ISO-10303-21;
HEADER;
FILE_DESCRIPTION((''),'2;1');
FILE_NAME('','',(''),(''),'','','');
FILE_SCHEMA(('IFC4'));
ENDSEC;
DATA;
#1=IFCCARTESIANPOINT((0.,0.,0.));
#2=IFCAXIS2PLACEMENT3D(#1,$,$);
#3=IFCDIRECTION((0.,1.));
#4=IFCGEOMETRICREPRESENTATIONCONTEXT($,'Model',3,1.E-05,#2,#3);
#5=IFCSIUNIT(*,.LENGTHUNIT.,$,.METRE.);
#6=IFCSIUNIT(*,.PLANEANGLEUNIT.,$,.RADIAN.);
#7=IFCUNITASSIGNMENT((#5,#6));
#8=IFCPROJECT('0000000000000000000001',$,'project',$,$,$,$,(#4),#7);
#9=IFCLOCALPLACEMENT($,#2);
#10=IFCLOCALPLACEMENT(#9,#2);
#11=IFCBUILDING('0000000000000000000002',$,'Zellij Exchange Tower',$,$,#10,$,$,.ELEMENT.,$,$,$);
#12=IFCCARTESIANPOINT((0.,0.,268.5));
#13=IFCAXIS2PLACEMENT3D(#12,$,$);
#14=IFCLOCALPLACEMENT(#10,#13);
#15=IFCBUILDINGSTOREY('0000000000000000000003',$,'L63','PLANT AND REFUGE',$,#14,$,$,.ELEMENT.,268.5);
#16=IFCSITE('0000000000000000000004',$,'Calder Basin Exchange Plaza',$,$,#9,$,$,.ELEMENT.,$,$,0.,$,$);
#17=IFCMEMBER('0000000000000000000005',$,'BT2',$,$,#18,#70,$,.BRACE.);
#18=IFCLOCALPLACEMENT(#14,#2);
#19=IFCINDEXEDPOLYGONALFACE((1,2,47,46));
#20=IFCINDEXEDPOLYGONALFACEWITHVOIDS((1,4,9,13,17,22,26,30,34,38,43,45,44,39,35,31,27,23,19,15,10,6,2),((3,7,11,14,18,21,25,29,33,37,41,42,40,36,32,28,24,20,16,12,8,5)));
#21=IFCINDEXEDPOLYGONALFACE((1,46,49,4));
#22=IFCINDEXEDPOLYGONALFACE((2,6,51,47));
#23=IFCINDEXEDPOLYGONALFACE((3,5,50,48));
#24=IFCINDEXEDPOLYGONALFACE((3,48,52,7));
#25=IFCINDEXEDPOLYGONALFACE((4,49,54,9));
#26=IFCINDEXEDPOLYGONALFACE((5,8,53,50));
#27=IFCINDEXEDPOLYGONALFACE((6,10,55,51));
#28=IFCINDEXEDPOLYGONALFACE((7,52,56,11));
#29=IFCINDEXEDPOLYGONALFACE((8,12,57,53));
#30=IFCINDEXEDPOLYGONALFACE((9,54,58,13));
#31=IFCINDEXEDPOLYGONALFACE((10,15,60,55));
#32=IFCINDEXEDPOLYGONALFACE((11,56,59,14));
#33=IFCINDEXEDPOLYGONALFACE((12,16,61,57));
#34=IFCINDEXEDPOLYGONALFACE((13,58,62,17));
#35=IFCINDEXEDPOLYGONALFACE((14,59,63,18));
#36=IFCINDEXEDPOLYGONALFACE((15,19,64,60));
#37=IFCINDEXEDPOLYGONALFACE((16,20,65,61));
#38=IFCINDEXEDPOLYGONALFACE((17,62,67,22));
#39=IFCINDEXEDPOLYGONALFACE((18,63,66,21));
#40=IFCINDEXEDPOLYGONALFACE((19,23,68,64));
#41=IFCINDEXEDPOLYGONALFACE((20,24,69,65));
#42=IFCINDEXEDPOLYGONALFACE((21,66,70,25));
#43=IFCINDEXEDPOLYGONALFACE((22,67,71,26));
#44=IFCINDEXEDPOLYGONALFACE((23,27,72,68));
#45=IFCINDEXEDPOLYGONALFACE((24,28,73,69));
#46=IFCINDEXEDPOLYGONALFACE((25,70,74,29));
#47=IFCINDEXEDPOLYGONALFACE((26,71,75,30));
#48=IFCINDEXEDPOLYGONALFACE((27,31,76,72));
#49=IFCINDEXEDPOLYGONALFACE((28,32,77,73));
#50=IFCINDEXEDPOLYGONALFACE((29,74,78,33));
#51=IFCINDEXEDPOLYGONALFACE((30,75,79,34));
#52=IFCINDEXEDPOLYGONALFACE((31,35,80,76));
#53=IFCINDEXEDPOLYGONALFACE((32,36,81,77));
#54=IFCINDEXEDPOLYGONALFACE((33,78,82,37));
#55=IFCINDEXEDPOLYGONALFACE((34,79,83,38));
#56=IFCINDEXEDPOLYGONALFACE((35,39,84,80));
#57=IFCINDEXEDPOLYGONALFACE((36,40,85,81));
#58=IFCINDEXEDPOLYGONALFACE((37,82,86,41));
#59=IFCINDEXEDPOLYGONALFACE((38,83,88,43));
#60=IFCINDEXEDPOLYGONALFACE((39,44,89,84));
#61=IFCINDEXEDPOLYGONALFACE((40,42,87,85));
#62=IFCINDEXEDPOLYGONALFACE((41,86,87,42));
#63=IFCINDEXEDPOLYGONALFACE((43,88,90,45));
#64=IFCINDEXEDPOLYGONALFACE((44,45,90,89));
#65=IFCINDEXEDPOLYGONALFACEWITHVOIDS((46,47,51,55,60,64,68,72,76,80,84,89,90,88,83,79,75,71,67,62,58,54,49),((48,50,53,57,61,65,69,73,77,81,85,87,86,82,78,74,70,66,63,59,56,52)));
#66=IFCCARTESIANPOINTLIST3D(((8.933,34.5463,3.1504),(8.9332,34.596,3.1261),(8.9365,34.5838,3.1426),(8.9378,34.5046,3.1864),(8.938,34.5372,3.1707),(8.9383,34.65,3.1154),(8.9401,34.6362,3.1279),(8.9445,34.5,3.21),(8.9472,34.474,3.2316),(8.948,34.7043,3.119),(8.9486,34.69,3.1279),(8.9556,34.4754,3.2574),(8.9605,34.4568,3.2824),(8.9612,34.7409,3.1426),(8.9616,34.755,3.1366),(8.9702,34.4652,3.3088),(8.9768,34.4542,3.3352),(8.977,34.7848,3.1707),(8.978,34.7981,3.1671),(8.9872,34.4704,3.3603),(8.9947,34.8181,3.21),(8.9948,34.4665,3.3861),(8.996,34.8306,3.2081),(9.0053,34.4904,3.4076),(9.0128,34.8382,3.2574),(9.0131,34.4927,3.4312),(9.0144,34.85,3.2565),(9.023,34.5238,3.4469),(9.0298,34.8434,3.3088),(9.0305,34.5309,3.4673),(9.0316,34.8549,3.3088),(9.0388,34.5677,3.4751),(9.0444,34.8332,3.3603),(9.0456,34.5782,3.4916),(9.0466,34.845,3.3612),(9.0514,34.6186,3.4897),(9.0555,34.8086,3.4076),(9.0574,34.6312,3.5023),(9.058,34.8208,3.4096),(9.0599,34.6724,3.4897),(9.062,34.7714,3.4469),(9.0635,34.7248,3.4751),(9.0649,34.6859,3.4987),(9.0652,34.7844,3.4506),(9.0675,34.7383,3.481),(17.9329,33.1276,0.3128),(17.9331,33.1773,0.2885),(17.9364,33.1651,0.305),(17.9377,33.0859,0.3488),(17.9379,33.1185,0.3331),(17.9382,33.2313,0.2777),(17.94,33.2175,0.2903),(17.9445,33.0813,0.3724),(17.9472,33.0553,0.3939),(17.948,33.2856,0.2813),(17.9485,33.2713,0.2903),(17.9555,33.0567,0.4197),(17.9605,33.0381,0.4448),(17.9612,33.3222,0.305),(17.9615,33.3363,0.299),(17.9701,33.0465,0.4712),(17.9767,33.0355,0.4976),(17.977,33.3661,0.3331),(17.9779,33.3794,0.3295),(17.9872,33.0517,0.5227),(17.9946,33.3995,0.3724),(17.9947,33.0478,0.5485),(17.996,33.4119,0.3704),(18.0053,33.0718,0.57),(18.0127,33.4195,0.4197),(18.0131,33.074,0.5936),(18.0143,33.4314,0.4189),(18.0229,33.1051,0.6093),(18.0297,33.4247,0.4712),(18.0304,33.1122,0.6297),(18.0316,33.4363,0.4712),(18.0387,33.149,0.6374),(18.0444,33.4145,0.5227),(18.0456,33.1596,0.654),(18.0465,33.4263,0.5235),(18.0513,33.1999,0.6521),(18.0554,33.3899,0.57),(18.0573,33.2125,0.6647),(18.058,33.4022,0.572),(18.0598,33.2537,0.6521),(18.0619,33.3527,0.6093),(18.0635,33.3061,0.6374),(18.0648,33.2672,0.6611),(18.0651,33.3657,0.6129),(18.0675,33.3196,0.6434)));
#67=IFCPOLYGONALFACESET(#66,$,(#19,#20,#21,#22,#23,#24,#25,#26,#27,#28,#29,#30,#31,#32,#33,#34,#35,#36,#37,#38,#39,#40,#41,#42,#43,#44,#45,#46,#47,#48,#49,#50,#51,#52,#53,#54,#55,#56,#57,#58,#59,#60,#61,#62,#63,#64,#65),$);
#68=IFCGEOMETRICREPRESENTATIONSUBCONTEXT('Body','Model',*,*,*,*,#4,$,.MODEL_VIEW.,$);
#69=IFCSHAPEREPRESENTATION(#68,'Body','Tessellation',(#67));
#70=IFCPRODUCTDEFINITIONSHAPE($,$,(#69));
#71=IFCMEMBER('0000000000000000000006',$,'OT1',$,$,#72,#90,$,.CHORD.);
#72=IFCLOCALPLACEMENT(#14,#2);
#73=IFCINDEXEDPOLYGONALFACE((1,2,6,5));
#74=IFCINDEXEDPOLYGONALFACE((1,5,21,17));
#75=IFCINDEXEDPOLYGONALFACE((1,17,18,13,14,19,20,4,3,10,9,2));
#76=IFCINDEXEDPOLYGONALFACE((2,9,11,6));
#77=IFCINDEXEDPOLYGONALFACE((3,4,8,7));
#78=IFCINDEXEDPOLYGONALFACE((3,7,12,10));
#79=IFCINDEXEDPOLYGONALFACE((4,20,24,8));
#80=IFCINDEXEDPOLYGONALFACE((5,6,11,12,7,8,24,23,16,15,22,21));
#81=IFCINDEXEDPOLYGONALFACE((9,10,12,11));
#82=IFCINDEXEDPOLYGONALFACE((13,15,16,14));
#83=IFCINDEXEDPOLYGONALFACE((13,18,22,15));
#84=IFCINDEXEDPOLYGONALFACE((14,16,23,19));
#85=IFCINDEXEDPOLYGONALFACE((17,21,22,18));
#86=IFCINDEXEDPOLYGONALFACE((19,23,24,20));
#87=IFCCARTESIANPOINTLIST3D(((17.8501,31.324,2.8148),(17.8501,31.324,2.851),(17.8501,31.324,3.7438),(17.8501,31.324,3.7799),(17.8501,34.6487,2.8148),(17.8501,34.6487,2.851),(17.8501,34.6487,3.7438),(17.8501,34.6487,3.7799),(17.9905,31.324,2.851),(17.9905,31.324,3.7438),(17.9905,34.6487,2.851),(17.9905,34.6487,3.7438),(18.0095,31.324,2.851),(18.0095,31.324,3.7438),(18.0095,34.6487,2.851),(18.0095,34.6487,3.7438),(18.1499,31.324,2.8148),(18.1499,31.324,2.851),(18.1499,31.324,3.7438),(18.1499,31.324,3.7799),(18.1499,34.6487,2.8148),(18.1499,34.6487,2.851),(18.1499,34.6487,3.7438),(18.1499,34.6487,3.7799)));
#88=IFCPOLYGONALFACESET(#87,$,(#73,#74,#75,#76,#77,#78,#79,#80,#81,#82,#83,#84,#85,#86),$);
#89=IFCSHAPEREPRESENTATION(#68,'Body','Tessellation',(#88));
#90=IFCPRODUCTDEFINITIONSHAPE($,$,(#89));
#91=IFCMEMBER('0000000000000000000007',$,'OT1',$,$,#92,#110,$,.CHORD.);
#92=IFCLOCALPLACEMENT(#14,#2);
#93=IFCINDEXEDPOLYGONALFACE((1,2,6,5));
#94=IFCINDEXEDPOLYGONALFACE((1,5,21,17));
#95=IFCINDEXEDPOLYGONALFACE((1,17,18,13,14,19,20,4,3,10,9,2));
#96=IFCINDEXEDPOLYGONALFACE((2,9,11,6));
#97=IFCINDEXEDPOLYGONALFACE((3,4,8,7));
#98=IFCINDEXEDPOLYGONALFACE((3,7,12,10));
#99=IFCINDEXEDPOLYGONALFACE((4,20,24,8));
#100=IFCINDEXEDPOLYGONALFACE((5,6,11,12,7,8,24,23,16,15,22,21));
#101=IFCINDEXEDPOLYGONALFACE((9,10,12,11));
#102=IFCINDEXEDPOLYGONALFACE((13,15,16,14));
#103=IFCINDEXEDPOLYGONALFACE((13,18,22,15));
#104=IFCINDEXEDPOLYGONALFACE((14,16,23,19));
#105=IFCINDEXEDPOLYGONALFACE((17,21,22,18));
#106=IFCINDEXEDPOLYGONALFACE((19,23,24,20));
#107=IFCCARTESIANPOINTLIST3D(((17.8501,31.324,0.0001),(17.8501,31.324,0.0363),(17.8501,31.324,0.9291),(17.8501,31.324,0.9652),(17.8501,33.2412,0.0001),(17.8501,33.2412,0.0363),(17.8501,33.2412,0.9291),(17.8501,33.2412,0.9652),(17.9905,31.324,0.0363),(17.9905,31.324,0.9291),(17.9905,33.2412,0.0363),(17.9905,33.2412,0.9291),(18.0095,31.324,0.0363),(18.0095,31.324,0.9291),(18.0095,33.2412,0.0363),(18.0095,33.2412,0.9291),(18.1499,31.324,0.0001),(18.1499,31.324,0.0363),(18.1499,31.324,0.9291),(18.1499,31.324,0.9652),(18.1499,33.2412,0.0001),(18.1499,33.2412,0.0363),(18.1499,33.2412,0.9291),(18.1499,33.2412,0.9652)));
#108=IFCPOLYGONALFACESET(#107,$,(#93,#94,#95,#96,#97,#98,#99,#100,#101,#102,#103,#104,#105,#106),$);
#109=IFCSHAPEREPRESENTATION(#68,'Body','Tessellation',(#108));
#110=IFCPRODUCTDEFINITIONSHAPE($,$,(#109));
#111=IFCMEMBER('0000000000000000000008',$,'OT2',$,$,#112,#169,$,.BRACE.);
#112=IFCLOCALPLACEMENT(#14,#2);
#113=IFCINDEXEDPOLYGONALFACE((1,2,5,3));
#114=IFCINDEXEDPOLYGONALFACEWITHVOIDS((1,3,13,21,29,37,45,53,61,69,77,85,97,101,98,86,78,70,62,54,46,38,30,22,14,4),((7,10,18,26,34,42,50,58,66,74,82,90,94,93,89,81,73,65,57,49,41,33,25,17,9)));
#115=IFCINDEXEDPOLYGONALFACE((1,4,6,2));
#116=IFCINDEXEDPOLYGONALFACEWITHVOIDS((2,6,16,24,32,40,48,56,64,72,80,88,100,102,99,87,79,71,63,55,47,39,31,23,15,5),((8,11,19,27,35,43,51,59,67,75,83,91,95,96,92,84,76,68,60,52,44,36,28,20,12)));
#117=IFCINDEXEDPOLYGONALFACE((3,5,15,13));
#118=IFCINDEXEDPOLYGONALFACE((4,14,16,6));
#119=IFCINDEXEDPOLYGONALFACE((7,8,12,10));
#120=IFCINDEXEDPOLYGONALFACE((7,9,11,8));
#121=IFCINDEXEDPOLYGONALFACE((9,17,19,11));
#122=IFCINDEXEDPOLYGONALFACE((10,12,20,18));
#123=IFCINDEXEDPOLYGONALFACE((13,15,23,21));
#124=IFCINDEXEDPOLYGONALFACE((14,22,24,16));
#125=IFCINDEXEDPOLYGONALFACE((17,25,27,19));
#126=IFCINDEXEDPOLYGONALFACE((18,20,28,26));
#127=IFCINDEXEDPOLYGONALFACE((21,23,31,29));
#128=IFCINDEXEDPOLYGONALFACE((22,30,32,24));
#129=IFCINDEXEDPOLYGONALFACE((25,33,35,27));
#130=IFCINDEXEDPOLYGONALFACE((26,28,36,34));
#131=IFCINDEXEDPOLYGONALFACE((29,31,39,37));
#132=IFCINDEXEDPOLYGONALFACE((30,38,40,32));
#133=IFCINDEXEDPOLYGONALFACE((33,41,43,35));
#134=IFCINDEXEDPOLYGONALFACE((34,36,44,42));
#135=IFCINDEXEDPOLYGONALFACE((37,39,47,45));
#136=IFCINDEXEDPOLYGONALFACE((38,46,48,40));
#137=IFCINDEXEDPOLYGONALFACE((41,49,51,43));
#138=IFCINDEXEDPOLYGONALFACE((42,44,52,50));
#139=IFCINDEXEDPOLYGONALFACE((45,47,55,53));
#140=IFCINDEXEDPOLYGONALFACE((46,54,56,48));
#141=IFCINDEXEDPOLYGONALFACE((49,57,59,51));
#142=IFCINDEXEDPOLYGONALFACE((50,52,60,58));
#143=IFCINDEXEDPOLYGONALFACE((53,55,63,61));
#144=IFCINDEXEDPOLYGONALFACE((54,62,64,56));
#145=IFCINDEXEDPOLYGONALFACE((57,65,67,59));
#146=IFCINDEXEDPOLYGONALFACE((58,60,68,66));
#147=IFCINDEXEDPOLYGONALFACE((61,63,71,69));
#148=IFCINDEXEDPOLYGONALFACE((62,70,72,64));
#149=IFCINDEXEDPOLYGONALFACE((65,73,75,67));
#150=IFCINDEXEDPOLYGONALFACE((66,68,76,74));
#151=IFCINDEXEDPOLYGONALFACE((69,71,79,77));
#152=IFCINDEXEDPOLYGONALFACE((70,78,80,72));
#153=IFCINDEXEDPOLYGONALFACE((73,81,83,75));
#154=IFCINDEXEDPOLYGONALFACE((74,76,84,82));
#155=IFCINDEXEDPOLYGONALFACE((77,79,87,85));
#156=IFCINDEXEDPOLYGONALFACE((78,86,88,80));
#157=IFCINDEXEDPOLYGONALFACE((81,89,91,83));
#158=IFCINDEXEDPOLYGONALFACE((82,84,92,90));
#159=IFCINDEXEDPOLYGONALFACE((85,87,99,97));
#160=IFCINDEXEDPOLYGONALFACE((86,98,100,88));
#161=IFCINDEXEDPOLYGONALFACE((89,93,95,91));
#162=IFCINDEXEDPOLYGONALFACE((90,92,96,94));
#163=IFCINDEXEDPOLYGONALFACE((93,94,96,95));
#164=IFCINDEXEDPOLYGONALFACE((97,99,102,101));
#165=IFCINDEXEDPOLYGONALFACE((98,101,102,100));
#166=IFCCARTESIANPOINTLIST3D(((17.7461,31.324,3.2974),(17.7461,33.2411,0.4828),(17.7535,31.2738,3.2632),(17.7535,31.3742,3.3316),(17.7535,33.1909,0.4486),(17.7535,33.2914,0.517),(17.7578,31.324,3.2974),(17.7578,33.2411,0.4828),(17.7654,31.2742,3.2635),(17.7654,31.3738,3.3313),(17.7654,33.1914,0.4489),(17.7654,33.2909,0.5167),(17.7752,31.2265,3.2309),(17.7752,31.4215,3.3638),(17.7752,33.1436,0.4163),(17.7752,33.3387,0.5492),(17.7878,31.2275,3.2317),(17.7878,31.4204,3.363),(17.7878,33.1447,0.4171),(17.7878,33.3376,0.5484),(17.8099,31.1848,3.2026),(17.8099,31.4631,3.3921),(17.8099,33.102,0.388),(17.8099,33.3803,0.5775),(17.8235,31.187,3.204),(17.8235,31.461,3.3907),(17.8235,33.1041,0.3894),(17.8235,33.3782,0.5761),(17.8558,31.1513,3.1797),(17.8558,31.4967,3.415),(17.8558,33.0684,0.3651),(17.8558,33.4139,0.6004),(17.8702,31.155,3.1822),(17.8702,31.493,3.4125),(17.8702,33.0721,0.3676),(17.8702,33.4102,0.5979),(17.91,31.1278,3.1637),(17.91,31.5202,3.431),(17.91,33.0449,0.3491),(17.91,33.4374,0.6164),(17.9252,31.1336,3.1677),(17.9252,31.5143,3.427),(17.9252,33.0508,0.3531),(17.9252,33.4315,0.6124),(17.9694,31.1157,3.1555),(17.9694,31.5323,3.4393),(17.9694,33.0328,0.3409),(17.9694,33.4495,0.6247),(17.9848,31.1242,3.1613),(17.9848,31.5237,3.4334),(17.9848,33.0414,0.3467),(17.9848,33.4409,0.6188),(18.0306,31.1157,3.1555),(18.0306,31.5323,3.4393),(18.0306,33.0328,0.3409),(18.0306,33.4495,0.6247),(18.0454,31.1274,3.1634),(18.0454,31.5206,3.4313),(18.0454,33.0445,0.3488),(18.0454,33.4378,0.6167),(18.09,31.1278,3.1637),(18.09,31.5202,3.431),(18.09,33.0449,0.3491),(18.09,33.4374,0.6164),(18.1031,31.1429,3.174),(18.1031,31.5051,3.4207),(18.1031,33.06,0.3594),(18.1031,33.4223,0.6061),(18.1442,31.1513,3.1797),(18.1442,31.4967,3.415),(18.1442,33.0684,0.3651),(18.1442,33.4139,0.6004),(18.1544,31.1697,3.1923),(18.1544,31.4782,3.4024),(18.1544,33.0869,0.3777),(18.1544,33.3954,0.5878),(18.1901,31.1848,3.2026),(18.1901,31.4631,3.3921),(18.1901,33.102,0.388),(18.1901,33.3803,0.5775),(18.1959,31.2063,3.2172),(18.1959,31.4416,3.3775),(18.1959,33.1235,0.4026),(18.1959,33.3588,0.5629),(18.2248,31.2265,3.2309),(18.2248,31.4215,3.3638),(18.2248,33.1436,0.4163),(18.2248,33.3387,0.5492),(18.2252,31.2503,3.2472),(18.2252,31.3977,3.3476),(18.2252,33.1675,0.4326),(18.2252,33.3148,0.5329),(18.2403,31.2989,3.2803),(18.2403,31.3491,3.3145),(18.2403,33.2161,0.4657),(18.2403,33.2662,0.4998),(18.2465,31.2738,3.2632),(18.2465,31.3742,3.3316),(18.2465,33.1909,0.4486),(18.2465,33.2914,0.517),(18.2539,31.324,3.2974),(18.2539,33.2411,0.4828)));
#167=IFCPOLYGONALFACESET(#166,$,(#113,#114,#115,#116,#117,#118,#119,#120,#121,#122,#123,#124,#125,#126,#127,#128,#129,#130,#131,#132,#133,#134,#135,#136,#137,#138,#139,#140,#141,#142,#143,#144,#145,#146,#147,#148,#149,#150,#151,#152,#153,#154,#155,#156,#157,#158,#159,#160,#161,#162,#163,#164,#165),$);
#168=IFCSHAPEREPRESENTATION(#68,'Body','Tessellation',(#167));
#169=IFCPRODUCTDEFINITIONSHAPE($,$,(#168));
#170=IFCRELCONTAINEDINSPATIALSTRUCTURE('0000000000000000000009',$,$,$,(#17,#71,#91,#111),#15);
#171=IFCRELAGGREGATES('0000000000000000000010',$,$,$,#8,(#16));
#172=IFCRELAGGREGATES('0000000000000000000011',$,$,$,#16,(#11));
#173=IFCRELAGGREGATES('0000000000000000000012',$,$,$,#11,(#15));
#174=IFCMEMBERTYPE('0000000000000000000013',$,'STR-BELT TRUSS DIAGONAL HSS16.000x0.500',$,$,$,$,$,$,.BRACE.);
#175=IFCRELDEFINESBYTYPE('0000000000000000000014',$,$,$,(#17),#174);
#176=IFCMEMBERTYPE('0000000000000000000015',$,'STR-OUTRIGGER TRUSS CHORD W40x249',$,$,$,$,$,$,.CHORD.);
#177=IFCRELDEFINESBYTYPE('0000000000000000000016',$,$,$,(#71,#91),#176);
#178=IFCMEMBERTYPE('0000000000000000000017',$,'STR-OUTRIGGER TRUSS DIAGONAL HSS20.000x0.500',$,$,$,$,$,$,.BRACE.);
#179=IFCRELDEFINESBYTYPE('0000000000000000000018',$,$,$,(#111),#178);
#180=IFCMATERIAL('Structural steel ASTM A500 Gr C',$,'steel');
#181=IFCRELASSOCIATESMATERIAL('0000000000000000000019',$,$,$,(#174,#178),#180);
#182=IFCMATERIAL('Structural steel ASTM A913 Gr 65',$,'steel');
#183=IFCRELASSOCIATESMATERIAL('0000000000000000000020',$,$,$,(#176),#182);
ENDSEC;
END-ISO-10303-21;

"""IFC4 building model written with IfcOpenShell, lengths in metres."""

from ifc_helpers import new_model, si_unit, direction, frame, origin, origin_2d, place, context, subcontext, project, spatial, hollow_circle, i_section, extrude, material, material_profile, profile_set, type_object, element, save


model = new_model("IFC4")

# Units and contexts
model_context = context("Model", 3, precision=1e-05, world=origin(), true_north=direction((0.0, 1.0)))
body_context = subcontext(model_context, "Body", "Model", "MODEL_VIEW")
ifc_project = project(units=[si_unit("LENGTHUNIT", "METRE"), si_unit("PLANEANGLEUNIT", "RADIAN")], contexts=[model_context])

# Site, building, storey
site_placement = place(None, origin())
site = spatial("IfcSite", under=ifc_project, at=site_placement, Name="Calder Basin Exchange Plaza", CompositionType="ELEMENT", RefElevation=0.0)
building_placement = place(site_placement, origin())
building = spatial("IfcBuilding", under=site, at=building_placement, Name="Zellij Exchange Tower", CompositionType="ELEMENT")
storey_placement = place(building_placement, frame((0.0, 0.0, 268.5)))
storey = spatial("IfcBuildingStorey", under=building, at=storey_placement, Name="L63", Description="PLANT AND REFUGE", CompositionType="ELEMENT", Elevation=268.5)

# Members
ifc_material_1 = material(Name="Structural steel ASTM A500 Gr C", Category="steel")
ifc_material_profile_1 = material_profile(ifc_material_1, hollow_circle(Radius=0.2031, WallThickness=0.0117, at=origin_2d()), Name="STR-BELT TRUSS DIAGONAL HSS16.000x0.500")
ifc_profile_set_1 = profile_set([ifc_material_profile_1], Name="Structural steel ASTM A500 Gr C")
member_type_1 = type_object("IfcMemberType", Name="STR-BELT TRUSS DIAGONAL HSS16.000x0.500", PredefinedType="BRACE", material=ifc_profile_set_1)
member_1_placement = place(storey_placement, frame((9.0, 34.6543, 3.3088), z_axis=(0.94312, -0.148667, -0.29736), x_axis=(0.155711, 0.987803, 0.0)))
element("IfcMember", 1, at=member_1_placement, inside=storey, type_object=member_type_1, Name="BT2", PredefinedType="BRACE", context=body_context, shape_type="SweptSolid", body=[
    extrude(hollow_circle(Radius=0.2031, WallThickness=0.0117, at=origin_2d()), origin(), (0.0, 0.0, 1.0), 9.5427),
])
ifc_material_2 = material(Name="Structural steel ASTM A913 Gr 65", Category="steel")
ifc_material_profile_2 = material_profile(ifc_material_2, i_section(OverallWidth=0.2998, OverallDepth=0.9651, WebThickness=0.019, FlangeThickness=0.0361, at=origin_2d()), Name="W40x249")
ifc_profile_set_2 = profile_set([ifc_material_profile_2], Name="Structural steel ASTM A913 Gr 65")
member_type_2 = type_object("IfcMemberType", Name="STR-OUTRIGGER TRUSS CHORD W40x249", PredefinedType="CHORD", material=ifc_profile_set_2)
member_2_placement = place(storey_placement, frame((18.0, 31.324, 3.2974), z_axis=(0.0, 1.0, 0.0), x_axis=(-1.0, 0.0, 0.0)))
element("IfcMember", 2, at=member_2_placement, inside=storey, type_object=member_type_2, Name="OT1", PredefinedType="CHORD", context=body_context, shape_type="SweptSolid", body=[
    extrude(i_section(OverallWidth=0.2998, OverallDepth=0.9651, WebThickness=0.019, FlangeThickness=0.0361, at=origin_2d()), origin(), (0.0, 0.0, 1.0), 3.3247),
])
member_3_placement = place(storey_placement, frame((18.0, 31.324, 0.4827), z_axis=(0.0, 1.0, 0.0), x_axis=(-1.0, 0.0, 0.0)))
element("IfcMember", 3, at=member_3_placement, inside=storey, type_object=member_type_2, Name="OT1", PredefinedType="CHORD", context=body_context, shape_type="SweptSolid", body=[
    extrude(i_section(OverallWidth=0.2998, OverallDepth=0.9651, WebThickness=0.019, FlangeThickness=0.0361, at=origin_2d()), origin(), (0.0, 0.0, 1.0), 1.9172),
])
ifc_material_profile_3 = material_profile(ifc_material_1, hollow_circle(Radius=0.2539, WallThickness=0.0117, at=origin_2d()), Name="STR-OUTRIGGER TRUSS DIAGONAL HSS20.000x0.500")
ifc_profile_set_3 = profile_set([ifc_material_profile_3], Name="Structural steel ASTM A500 Gr C")
member_type_3 = type_object("IfcMemberType", Name="STR-OUTRIGGER TRUSS DIAGONAL HSS20.000x0.500", PredefinedType="BRACE", material=ifc_profile_set_3)
member_4_placement = place(storey_placement, frame((18.0, 31.324, 3.2974), z_axis=(0.0, 0.562961, -0.826484), x_axis=(-1.0, 0.0, 0.0)))
element("IfcMember", 4, at=member_4_placement, inside=storey, type_object=member_type_3, Name="OT2", PredefinedType="BRACE", context=body_context, shape_type="SweptSolid", body=[
    extrude(hollow_circle(Radius=0.2539, WallThickness=0.0117, at=origin_2d()), origin(), (0.0, 0.0, 1.0), 3.4055),
])

save(model, "model.ifc")
